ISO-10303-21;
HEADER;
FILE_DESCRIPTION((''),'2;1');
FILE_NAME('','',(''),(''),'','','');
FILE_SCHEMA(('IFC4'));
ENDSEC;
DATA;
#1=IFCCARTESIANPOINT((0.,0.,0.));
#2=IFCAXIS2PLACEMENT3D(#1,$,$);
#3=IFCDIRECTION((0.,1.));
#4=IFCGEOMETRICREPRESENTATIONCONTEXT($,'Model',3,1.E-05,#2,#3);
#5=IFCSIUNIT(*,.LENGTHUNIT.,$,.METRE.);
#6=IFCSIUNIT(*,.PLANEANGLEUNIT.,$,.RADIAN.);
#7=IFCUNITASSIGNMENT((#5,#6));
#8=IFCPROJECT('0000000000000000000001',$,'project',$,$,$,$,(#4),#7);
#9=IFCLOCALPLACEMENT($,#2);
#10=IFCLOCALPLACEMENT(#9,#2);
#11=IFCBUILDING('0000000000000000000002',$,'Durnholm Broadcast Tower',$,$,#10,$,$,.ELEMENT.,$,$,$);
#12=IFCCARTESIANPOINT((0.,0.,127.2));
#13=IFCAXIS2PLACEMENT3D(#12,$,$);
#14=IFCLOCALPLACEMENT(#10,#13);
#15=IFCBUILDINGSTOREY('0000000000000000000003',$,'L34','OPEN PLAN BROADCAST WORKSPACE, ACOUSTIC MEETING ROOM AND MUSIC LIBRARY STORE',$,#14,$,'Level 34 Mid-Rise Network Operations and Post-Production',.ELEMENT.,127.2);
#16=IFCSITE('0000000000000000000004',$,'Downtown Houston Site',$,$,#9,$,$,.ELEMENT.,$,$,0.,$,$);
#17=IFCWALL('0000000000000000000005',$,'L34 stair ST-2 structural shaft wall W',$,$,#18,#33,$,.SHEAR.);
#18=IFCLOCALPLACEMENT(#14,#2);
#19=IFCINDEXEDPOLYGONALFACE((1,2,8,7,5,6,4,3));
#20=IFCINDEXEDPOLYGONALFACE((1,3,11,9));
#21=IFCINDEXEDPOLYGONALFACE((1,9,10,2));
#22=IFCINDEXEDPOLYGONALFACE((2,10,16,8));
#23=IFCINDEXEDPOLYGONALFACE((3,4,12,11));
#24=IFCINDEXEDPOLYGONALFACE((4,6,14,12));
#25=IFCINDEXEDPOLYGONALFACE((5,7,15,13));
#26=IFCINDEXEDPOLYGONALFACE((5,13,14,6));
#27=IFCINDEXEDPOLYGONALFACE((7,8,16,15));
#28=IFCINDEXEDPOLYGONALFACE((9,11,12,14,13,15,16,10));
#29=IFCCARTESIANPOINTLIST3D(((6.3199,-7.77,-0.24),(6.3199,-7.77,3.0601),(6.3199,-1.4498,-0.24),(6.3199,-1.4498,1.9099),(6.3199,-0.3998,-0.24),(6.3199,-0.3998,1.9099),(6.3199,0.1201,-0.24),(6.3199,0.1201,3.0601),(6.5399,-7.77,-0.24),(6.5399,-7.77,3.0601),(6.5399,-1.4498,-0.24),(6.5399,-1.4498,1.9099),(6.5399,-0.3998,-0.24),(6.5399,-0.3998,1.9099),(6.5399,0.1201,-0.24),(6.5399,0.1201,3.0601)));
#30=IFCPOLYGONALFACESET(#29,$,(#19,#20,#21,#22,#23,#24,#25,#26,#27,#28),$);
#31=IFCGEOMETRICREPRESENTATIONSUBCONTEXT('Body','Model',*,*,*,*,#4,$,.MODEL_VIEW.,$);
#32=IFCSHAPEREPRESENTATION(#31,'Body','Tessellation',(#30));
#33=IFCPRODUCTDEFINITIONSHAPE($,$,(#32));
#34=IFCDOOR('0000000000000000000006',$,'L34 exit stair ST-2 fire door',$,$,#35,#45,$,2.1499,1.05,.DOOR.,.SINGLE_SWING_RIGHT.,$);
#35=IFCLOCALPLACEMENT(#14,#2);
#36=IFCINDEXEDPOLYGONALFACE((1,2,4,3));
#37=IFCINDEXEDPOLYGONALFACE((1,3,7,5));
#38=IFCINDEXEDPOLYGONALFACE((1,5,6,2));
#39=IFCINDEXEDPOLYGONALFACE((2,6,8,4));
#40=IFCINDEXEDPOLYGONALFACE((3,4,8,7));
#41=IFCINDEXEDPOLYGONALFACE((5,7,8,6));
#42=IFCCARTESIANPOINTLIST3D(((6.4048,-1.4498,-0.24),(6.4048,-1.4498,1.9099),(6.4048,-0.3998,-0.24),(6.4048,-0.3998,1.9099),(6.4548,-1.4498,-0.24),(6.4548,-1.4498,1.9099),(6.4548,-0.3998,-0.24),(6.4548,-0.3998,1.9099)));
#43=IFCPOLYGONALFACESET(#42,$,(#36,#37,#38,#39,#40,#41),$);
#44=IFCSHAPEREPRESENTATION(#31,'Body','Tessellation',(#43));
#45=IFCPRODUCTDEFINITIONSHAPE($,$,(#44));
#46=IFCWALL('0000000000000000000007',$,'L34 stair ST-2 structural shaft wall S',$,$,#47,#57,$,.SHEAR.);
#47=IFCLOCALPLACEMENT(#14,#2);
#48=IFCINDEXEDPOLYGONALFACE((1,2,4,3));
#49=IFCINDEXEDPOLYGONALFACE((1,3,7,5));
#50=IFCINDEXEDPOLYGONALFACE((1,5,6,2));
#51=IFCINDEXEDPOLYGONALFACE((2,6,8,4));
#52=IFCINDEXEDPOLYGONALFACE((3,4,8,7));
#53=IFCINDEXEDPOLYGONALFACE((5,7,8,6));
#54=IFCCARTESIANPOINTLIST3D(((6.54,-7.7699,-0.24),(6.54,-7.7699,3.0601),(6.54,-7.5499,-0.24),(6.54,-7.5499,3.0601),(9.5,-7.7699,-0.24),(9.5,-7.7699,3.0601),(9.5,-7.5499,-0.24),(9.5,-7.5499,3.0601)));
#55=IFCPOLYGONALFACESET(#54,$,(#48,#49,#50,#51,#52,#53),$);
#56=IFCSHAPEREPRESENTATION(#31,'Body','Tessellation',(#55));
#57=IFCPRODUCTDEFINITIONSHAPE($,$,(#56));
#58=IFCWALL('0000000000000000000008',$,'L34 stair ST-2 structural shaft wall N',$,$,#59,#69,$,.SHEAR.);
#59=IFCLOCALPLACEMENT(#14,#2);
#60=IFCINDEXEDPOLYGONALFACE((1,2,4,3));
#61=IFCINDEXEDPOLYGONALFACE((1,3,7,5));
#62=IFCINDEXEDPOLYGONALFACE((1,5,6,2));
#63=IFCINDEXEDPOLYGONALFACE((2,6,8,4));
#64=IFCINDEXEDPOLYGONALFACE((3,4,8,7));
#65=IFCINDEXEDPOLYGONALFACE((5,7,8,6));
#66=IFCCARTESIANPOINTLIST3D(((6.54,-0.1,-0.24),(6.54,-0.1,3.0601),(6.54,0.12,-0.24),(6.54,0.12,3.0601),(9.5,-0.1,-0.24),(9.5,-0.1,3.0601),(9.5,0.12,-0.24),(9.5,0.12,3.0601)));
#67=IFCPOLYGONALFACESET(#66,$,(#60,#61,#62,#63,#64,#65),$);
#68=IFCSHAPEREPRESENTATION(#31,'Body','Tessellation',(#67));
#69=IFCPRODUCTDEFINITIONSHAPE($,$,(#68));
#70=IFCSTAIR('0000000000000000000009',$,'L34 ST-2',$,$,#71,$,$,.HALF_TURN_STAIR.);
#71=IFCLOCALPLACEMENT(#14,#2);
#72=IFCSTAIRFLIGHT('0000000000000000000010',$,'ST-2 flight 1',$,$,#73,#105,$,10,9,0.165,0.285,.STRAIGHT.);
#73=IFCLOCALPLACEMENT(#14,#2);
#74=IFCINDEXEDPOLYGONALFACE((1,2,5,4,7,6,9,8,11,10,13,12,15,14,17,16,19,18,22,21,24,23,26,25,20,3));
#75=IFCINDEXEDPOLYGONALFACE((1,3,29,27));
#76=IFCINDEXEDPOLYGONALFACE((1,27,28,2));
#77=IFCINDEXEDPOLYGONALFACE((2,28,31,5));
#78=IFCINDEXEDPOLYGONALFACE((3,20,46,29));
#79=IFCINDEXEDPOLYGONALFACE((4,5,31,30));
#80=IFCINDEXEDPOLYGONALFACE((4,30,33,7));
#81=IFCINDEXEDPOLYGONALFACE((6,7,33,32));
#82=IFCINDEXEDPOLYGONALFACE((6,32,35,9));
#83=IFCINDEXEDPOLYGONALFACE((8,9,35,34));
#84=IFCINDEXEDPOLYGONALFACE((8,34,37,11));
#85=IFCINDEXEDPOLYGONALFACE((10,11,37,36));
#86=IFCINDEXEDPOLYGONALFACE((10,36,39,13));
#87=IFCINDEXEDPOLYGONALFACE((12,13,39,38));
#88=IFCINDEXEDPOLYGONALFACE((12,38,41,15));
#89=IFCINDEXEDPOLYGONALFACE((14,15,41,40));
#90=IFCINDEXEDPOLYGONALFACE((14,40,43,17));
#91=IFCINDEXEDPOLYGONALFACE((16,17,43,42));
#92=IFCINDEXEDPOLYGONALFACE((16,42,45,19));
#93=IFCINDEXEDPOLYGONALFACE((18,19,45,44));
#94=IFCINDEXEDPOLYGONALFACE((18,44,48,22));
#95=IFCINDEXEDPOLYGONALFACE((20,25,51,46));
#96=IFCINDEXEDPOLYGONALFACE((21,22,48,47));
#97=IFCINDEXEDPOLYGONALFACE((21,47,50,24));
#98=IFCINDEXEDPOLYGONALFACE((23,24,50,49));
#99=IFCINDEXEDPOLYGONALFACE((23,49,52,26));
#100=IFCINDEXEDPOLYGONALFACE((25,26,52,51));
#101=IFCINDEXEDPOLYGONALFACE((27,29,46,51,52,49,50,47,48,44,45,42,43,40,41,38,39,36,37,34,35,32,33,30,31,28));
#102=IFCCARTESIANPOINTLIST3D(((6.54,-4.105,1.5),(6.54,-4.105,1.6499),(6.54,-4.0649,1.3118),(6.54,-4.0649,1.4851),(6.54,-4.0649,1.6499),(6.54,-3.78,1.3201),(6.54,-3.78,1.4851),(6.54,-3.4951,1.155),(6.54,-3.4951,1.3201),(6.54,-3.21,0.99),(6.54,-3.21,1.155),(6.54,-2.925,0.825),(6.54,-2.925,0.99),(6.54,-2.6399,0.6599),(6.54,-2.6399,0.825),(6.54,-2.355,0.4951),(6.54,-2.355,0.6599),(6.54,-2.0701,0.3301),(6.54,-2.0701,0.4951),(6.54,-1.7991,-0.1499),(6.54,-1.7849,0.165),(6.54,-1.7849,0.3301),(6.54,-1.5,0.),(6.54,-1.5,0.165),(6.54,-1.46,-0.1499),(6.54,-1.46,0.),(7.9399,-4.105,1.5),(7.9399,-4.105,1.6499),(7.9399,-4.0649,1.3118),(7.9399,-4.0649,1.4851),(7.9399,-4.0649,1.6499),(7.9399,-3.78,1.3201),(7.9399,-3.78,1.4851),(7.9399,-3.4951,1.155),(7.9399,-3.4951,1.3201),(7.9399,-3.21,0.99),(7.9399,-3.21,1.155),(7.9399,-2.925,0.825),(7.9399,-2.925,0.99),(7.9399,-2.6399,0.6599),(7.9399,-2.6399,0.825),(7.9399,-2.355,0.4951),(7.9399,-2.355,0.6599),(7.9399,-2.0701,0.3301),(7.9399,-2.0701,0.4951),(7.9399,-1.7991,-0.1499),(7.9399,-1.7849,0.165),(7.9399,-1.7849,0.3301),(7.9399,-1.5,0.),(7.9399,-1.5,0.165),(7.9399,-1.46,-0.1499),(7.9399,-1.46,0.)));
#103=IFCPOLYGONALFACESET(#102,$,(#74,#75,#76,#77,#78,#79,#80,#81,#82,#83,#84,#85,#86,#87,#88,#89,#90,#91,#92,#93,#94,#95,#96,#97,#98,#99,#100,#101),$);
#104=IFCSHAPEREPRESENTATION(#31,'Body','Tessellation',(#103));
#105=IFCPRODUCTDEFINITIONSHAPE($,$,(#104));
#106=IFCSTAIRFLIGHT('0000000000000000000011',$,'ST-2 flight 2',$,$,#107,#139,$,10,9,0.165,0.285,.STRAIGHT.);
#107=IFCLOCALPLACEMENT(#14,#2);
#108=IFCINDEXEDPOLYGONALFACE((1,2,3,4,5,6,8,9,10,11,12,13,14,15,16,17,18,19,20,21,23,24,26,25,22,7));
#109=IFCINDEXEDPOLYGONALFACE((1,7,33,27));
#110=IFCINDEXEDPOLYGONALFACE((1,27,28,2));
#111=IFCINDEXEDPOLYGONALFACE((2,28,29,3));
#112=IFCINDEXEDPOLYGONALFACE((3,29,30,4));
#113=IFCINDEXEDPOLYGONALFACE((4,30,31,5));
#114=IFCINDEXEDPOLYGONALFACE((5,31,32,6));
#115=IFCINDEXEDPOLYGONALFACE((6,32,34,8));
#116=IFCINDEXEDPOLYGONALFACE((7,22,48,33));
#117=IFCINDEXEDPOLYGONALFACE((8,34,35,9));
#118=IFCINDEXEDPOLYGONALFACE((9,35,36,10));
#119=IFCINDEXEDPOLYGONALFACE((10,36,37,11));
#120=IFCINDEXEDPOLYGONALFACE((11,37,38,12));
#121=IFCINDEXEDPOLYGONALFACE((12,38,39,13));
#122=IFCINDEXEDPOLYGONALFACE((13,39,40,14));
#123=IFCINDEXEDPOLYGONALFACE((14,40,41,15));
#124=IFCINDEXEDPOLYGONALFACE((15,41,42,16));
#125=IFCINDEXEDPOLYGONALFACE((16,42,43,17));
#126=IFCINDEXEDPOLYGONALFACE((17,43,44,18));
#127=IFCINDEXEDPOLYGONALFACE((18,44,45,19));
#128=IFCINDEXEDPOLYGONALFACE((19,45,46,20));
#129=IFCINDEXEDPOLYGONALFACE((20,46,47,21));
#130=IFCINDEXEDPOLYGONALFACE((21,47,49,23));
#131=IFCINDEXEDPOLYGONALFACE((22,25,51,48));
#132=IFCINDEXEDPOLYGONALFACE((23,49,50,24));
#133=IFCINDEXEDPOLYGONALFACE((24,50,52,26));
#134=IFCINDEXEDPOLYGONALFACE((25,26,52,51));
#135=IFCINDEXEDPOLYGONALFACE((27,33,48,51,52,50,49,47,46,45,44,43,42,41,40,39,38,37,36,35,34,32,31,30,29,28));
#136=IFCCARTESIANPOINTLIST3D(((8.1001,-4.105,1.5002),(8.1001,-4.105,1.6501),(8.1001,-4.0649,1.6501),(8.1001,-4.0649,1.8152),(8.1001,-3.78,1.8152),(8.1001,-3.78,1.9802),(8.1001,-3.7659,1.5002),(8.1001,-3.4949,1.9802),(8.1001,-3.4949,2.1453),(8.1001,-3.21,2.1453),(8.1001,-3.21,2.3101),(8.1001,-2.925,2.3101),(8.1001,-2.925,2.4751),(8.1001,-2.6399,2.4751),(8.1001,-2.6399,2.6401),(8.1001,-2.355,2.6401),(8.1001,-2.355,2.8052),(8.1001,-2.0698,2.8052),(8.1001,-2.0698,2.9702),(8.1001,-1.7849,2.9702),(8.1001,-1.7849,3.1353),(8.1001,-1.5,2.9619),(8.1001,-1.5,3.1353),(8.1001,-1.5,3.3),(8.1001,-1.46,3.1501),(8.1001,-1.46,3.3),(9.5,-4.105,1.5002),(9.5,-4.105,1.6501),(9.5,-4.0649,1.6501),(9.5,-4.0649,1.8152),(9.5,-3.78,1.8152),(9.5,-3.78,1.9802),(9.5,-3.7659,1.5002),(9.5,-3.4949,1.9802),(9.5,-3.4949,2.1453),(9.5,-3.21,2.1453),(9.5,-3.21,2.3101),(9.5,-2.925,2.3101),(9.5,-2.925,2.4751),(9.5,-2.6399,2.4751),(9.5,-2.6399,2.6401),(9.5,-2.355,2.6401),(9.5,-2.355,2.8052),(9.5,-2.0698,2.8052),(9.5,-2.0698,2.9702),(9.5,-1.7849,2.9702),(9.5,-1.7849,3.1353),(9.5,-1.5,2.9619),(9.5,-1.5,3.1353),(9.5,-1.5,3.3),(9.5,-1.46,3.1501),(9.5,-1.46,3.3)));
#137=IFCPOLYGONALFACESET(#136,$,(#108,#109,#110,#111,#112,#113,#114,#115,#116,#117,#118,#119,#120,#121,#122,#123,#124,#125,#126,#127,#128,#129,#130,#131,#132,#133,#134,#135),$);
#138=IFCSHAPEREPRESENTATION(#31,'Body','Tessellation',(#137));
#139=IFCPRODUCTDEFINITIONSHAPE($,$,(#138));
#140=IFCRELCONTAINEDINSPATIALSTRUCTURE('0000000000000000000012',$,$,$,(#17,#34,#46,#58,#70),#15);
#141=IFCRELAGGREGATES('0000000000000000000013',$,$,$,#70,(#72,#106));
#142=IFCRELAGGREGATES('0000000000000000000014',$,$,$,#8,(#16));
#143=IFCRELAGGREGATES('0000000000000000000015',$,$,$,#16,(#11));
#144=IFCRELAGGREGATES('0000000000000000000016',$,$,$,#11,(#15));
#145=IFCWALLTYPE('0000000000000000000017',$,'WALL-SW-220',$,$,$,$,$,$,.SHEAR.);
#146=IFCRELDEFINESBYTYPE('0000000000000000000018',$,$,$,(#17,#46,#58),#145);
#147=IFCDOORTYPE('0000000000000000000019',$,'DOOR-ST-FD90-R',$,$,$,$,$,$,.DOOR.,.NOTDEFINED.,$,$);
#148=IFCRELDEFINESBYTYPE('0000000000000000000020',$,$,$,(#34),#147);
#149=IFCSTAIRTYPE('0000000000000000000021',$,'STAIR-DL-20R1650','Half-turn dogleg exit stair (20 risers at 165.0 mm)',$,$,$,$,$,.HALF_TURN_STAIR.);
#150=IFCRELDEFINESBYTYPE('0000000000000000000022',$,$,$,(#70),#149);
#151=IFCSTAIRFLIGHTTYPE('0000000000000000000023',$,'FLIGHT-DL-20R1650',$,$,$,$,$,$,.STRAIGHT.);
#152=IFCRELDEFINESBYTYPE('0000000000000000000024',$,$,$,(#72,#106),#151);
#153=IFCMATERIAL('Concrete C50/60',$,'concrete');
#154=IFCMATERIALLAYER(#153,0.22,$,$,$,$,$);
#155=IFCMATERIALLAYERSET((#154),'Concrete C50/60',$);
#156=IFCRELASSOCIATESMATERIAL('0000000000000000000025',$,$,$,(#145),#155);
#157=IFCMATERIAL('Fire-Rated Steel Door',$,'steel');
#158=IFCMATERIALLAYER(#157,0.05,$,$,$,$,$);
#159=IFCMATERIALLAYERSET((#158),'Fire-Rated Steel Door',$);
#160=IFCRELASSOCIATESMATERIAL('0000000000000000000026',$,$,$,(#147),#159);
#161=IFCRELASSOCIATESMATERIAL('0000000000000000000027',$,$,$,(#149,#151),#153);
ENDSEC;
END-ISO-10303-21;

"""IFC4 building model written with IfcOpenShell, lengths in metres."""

from ifc_helpers import new_model, si_unit, direction, frame, frame_2d, origin, place, context, subcontext, project, spatial, polyline, rectangle, outline, extrude, source, transform, mapped, material, layer, layer_set, type_object, type_shapes, element, fill, aggregate, save


model = new_model("IFC4")

# Units and contexts
model_context = context("Model", 3, precision=1e-05, world=origin(), true_north=direction((0.0, 1.0)))
body_context = subcontext(model_context, "Body", "Model", "MODEL_VIEW")
ifc_project = project(units=[si_unit("LENGTHUNIT", "METRE"), si_unit("PLANEANGLEUNIT", "RADIAN")], contexts=[model_context])

# Site, building, storey
site_placement = place(None, origin())
site = spatial("IfcSite", under=ifc_project, at=site_placement, Name="Downtown Houston Site", CompositionType="ELEMENT", RefElevation=0.0)
building_placement = place(site_placement, origin())
building = spatial("IfcBuilding", under=site, at=building_placement, Name="Durnholm Broadcast Tower", CompositionType="ELEMENT")
storey_placement = place(building_placement, frame((0.0, 0.0, 127.2)))
storey = spatial("IfcBuildingStorey", under=building, at=storey_placement, Name="L34", Description="OPEN PLAN BROADCAST WORKSPACE, ACOUSTIC MEETING ROOM AND MUSIC LIBRARY STORE", LongName="Level 34 Mid-Rise Network Operations and Post-Production", CompositionType="ELEMENT", Elevation=127.2)

# Shared definitions
ifc_material_1 = material(Name="Concrete C50/60", Category="concrete")
ifc_layer_1 = layer(ifc_material_1, 0.22)
ifc_layer_set_1 = layer_set([ifc_layer_1], Name="Concrete C50/60")
wall_type_1 = type_object("IfcWallType", Name="WALL-SW-220", PredefinedType="SHEAR", material=ifc_layer_set_1)

# Wall, opening, door
wall_1_placement = place(storey_placement, frame((6.4299, 0.1201, -0.24), z_axis=(0.0, 0.0, 1.0), x_axis=(0.0, -1.0, 0.0)))
wall_1 = element("IfcWall", 1, at=wall_1_placement, inside=storey, type_object=wall_type_1, Name="L34 stair ST-2 structural shaft wall W", PredefinedType="SHEAR", context=body_context, shape_type="SweptSolid", body=[
    extrude(rectangle(XDim=7.8901, YDim=0.22, at=frame_2d((3.9451, 0.0))), origin(), (0.0, 0.0, 1.0), 3.3),
])
opening_1_placement = place(wall_1_placement, frame((0.52, 0.0, 0.0)))
opening_1 = element("IfcOpeningElement", 2, at=opening_1_placement, cuts=wall_1, PredefinedType="OPENING", context=body_context, shape_type="SweptSolid", body=[
    extrude(rectangle(XDim=1.05, YDim=2.1499, at=frame_2d((0.5249, 1.075))), frame((0.0, 0.1201, 0.0), z_axis=(0.0, -1.0, 0.0), x_axis=(1.0, 0.0, 0.0)), (0.0, 0.0, 1.0), 0.24),
])
ifc_material_2 = material(Name="Fire-Rated Steel Door", Category="steel")
ifc_layer_2 = layer(ifc_material_2, 0.05)
ifc_layer_set_2 = layer_set([ifc_layer_2], Name="Fire-Rated Steel Door")
door_type_1 = type_object("IfcDoorType", Name="DOOR-ST-FD90-R", OperationType="NOTDEFINED", PredefinedType="DOOR", material=ifc_layer_set_2)
shared_shape_1 = source(origin(), body_context, "Body", "SweptSolid", [
    extrude(rectangle(XDim=1.05, YDim=2.1499, at=frame_2d((0.5249, 1.075))), frame((0.0, 0.0249, 0.0), z_axis=(0.0, -1.0, 0.0), x_axis=(1.0, 0.0, 0.0)), (0.0, 0.0, 1.0), 0.05),
])
type_shapes(door_type_1, [shared_shape_1])
door_1_placement = place(opening_1_placement, origin())
door_1 = element("IfcDoor", 3, at=door_1_placement, inside=storey, type_object=door_type_1, Name="L34 exit stair ST-2 fire door", OperationType="SINGLE_SWING_RIGHT", OverallHeight=2.1499, OverallWidth=1.05, PredefinedType="DOOR", context=body_context, shape_type="MappedRepresentation", body=[
    mapped(shared_shape_1, transform((0.0, 0.0, 0.0), x_axis=(1.0, 0.0, 0.0), y_axis=(0.0, 1.0, 0.0), z_axis=(0.0, 0.0, 1.0), scale=1.0)),
])
fill(opening_1, door_1)

# Walls
for number, where, z_axis, x_axis, name in (
    (4, (6.54, -7.6599, -0.24), (0.0, 0.0, 1.0), (1.0, 0.0, 0.0), "L34 stair ST-2 structural shaft wall S"),
    (5, (9.5, 0.01, -0.24), (0.0, 0.0, 1.0), (-1.0, 0.0, 0.0), "L34 stair ST-2 structural shaft wall N"),
):
    element("IfcWall", number, at=place(storey_placement, frame(where, z_axis=z_axis, x_axis=x_axis)), inside=storey, type_object=wall_type_1, Name=name, PredefinedType="SHEAR", context=body_context, shape_type="SweptSolid", body=[
        extrude(rectangle(XDim=2.96, YDim=0.22, at=frame_2d((1.48, 0.0))), origin(), (0.0, 0.0, 1.0), 3.3),
    ])

# Stair, stair flights
stair_type = type_object("IfcStairType", Name="STAIR-DL-20R1650", Description="Half-turn dogleg exit stair (20 risers at 165.0 mm)", PredefinedType="HALF_TURN_STAIR", material=ifc_material_1)
stair_placement = place(storey_placement, origin())
stair = element("IfcStair", 6, at=stair_placement, inside=storey, type_object=stair_type, Name="L34 ST-2", PredefinedType="HALF_TURN_STAIR")
stair_flight_type = type_object("IfcStairFlightType", Name="FLIGHT-DL-20R1650", PredefinedType="STRAIGHT", material=ifc_material_1)
stair_flight_1_placement = place(storey_placement, frame((7.24, -1.5, 0.0), z_axis=(0.0, 0.0, 1.0), x_axis=(0.0, -1.0, 0.0)))
stair_flight_1 = element("IfcStairFlight", 7, at=stair_flight_1_placement, type_object=stair_flight_type, Name="ST-2 flight 1", NumberOfRisers=10, NumberOfTreads=9, PredefinedType="STRAIGHT", RiserHeight=0.165, TreadLength=0.285, context=body_context, shape_type="SweptSolid", body=[
    extrude(outline(polyline([(-0.04, -0.1499), (-0.04, 0.0), (0.0, 0.0), (0.0, 0.165), (0.2849, 0.165), (0.2849, 0.3301), (0.5701, 0.3301), (0.5701, 0.4951), (0.855, 0.4951), (0.855, 0.6599), (1.1399, 0.6599), (1.1399, 0.825), (1.425, 0.825), (1.425, 0.99), (1.71, 0.99), (1.71, 1.155), (1.9951, 1.155), (1.9951, 1.3201), (2.28, 1.3201), (2.28, 1.4851), (2.5649, 1.4851), (2.5649, 1.6499), (2.605, 1.6499), (2.605, 1.5), (2.5649, 1.3118), (0.2991, -0.1499), (-0.04, -0.1499)])), frame((0.0, 0.7, 0.0), z_axis=(0.0, -1.0, 0.0), x_axis=(1.0, 0.0, 0.0)), (0.0, 0.0, 1.0), 1.3999),
])
stair_flight_2_placement = place(storey_placement, frame((8.8, -4.0649, 1.6501), z_axis=(0.0, 0.0, 1.0), x_axis=(0.0, 1.0, 0.0)))
stair_flight_2 = element("IfcStairFlight", 8, at=stair_flight_2_placement, type_object=stair_flight_type, Name="ST-2 flight 2", NumberOfRisers=10, NumberOfTreads=9, PredefinedType="STRAIGHT", RiserHeight=0.165, TreadLength=0.285, context=body_context, shape_type="SweptSolid", body=[
    extrude(outline(polyline([(-0.04, -0.1499), (-0.04, 0.0), (0.0, 0.0), (0.0, 0.165), (0.2849, 0.165), (0.2849, 0.3301), (0.5701, 0.3301), (0.5701, 0.4951), (0.855, 0.4951), (0.855, 0.6599), (1.1399, 0.6599), (1.1399, 0.825), (1.425, 0.825), (1.425, 0.99), (1.71, 0.99), (1.71, 1.155), (1.9951, 1.155), (1.9951, 1.3201), (2.28, 1.3201), (2.28, 1.4851), (2.5649, 1.4851), (2.5649, 1.6499), (2.605, 1.6499), (2.605, 1.5), (2.5649, 1.3118), (0.2991, -0.1499), (-0.04, -0.1499)])), frame((0.0, 0.7, 0.0), z_axis=(0.0, -1.0, 0.0), x_axis=(1.0, 0.0, 0.0)), (0.0, 0.0, 1.0), 1.3999),
])
aggregate(stair, [stair_flight_1, stair_flight_2])

save(model, "model.ifc")
